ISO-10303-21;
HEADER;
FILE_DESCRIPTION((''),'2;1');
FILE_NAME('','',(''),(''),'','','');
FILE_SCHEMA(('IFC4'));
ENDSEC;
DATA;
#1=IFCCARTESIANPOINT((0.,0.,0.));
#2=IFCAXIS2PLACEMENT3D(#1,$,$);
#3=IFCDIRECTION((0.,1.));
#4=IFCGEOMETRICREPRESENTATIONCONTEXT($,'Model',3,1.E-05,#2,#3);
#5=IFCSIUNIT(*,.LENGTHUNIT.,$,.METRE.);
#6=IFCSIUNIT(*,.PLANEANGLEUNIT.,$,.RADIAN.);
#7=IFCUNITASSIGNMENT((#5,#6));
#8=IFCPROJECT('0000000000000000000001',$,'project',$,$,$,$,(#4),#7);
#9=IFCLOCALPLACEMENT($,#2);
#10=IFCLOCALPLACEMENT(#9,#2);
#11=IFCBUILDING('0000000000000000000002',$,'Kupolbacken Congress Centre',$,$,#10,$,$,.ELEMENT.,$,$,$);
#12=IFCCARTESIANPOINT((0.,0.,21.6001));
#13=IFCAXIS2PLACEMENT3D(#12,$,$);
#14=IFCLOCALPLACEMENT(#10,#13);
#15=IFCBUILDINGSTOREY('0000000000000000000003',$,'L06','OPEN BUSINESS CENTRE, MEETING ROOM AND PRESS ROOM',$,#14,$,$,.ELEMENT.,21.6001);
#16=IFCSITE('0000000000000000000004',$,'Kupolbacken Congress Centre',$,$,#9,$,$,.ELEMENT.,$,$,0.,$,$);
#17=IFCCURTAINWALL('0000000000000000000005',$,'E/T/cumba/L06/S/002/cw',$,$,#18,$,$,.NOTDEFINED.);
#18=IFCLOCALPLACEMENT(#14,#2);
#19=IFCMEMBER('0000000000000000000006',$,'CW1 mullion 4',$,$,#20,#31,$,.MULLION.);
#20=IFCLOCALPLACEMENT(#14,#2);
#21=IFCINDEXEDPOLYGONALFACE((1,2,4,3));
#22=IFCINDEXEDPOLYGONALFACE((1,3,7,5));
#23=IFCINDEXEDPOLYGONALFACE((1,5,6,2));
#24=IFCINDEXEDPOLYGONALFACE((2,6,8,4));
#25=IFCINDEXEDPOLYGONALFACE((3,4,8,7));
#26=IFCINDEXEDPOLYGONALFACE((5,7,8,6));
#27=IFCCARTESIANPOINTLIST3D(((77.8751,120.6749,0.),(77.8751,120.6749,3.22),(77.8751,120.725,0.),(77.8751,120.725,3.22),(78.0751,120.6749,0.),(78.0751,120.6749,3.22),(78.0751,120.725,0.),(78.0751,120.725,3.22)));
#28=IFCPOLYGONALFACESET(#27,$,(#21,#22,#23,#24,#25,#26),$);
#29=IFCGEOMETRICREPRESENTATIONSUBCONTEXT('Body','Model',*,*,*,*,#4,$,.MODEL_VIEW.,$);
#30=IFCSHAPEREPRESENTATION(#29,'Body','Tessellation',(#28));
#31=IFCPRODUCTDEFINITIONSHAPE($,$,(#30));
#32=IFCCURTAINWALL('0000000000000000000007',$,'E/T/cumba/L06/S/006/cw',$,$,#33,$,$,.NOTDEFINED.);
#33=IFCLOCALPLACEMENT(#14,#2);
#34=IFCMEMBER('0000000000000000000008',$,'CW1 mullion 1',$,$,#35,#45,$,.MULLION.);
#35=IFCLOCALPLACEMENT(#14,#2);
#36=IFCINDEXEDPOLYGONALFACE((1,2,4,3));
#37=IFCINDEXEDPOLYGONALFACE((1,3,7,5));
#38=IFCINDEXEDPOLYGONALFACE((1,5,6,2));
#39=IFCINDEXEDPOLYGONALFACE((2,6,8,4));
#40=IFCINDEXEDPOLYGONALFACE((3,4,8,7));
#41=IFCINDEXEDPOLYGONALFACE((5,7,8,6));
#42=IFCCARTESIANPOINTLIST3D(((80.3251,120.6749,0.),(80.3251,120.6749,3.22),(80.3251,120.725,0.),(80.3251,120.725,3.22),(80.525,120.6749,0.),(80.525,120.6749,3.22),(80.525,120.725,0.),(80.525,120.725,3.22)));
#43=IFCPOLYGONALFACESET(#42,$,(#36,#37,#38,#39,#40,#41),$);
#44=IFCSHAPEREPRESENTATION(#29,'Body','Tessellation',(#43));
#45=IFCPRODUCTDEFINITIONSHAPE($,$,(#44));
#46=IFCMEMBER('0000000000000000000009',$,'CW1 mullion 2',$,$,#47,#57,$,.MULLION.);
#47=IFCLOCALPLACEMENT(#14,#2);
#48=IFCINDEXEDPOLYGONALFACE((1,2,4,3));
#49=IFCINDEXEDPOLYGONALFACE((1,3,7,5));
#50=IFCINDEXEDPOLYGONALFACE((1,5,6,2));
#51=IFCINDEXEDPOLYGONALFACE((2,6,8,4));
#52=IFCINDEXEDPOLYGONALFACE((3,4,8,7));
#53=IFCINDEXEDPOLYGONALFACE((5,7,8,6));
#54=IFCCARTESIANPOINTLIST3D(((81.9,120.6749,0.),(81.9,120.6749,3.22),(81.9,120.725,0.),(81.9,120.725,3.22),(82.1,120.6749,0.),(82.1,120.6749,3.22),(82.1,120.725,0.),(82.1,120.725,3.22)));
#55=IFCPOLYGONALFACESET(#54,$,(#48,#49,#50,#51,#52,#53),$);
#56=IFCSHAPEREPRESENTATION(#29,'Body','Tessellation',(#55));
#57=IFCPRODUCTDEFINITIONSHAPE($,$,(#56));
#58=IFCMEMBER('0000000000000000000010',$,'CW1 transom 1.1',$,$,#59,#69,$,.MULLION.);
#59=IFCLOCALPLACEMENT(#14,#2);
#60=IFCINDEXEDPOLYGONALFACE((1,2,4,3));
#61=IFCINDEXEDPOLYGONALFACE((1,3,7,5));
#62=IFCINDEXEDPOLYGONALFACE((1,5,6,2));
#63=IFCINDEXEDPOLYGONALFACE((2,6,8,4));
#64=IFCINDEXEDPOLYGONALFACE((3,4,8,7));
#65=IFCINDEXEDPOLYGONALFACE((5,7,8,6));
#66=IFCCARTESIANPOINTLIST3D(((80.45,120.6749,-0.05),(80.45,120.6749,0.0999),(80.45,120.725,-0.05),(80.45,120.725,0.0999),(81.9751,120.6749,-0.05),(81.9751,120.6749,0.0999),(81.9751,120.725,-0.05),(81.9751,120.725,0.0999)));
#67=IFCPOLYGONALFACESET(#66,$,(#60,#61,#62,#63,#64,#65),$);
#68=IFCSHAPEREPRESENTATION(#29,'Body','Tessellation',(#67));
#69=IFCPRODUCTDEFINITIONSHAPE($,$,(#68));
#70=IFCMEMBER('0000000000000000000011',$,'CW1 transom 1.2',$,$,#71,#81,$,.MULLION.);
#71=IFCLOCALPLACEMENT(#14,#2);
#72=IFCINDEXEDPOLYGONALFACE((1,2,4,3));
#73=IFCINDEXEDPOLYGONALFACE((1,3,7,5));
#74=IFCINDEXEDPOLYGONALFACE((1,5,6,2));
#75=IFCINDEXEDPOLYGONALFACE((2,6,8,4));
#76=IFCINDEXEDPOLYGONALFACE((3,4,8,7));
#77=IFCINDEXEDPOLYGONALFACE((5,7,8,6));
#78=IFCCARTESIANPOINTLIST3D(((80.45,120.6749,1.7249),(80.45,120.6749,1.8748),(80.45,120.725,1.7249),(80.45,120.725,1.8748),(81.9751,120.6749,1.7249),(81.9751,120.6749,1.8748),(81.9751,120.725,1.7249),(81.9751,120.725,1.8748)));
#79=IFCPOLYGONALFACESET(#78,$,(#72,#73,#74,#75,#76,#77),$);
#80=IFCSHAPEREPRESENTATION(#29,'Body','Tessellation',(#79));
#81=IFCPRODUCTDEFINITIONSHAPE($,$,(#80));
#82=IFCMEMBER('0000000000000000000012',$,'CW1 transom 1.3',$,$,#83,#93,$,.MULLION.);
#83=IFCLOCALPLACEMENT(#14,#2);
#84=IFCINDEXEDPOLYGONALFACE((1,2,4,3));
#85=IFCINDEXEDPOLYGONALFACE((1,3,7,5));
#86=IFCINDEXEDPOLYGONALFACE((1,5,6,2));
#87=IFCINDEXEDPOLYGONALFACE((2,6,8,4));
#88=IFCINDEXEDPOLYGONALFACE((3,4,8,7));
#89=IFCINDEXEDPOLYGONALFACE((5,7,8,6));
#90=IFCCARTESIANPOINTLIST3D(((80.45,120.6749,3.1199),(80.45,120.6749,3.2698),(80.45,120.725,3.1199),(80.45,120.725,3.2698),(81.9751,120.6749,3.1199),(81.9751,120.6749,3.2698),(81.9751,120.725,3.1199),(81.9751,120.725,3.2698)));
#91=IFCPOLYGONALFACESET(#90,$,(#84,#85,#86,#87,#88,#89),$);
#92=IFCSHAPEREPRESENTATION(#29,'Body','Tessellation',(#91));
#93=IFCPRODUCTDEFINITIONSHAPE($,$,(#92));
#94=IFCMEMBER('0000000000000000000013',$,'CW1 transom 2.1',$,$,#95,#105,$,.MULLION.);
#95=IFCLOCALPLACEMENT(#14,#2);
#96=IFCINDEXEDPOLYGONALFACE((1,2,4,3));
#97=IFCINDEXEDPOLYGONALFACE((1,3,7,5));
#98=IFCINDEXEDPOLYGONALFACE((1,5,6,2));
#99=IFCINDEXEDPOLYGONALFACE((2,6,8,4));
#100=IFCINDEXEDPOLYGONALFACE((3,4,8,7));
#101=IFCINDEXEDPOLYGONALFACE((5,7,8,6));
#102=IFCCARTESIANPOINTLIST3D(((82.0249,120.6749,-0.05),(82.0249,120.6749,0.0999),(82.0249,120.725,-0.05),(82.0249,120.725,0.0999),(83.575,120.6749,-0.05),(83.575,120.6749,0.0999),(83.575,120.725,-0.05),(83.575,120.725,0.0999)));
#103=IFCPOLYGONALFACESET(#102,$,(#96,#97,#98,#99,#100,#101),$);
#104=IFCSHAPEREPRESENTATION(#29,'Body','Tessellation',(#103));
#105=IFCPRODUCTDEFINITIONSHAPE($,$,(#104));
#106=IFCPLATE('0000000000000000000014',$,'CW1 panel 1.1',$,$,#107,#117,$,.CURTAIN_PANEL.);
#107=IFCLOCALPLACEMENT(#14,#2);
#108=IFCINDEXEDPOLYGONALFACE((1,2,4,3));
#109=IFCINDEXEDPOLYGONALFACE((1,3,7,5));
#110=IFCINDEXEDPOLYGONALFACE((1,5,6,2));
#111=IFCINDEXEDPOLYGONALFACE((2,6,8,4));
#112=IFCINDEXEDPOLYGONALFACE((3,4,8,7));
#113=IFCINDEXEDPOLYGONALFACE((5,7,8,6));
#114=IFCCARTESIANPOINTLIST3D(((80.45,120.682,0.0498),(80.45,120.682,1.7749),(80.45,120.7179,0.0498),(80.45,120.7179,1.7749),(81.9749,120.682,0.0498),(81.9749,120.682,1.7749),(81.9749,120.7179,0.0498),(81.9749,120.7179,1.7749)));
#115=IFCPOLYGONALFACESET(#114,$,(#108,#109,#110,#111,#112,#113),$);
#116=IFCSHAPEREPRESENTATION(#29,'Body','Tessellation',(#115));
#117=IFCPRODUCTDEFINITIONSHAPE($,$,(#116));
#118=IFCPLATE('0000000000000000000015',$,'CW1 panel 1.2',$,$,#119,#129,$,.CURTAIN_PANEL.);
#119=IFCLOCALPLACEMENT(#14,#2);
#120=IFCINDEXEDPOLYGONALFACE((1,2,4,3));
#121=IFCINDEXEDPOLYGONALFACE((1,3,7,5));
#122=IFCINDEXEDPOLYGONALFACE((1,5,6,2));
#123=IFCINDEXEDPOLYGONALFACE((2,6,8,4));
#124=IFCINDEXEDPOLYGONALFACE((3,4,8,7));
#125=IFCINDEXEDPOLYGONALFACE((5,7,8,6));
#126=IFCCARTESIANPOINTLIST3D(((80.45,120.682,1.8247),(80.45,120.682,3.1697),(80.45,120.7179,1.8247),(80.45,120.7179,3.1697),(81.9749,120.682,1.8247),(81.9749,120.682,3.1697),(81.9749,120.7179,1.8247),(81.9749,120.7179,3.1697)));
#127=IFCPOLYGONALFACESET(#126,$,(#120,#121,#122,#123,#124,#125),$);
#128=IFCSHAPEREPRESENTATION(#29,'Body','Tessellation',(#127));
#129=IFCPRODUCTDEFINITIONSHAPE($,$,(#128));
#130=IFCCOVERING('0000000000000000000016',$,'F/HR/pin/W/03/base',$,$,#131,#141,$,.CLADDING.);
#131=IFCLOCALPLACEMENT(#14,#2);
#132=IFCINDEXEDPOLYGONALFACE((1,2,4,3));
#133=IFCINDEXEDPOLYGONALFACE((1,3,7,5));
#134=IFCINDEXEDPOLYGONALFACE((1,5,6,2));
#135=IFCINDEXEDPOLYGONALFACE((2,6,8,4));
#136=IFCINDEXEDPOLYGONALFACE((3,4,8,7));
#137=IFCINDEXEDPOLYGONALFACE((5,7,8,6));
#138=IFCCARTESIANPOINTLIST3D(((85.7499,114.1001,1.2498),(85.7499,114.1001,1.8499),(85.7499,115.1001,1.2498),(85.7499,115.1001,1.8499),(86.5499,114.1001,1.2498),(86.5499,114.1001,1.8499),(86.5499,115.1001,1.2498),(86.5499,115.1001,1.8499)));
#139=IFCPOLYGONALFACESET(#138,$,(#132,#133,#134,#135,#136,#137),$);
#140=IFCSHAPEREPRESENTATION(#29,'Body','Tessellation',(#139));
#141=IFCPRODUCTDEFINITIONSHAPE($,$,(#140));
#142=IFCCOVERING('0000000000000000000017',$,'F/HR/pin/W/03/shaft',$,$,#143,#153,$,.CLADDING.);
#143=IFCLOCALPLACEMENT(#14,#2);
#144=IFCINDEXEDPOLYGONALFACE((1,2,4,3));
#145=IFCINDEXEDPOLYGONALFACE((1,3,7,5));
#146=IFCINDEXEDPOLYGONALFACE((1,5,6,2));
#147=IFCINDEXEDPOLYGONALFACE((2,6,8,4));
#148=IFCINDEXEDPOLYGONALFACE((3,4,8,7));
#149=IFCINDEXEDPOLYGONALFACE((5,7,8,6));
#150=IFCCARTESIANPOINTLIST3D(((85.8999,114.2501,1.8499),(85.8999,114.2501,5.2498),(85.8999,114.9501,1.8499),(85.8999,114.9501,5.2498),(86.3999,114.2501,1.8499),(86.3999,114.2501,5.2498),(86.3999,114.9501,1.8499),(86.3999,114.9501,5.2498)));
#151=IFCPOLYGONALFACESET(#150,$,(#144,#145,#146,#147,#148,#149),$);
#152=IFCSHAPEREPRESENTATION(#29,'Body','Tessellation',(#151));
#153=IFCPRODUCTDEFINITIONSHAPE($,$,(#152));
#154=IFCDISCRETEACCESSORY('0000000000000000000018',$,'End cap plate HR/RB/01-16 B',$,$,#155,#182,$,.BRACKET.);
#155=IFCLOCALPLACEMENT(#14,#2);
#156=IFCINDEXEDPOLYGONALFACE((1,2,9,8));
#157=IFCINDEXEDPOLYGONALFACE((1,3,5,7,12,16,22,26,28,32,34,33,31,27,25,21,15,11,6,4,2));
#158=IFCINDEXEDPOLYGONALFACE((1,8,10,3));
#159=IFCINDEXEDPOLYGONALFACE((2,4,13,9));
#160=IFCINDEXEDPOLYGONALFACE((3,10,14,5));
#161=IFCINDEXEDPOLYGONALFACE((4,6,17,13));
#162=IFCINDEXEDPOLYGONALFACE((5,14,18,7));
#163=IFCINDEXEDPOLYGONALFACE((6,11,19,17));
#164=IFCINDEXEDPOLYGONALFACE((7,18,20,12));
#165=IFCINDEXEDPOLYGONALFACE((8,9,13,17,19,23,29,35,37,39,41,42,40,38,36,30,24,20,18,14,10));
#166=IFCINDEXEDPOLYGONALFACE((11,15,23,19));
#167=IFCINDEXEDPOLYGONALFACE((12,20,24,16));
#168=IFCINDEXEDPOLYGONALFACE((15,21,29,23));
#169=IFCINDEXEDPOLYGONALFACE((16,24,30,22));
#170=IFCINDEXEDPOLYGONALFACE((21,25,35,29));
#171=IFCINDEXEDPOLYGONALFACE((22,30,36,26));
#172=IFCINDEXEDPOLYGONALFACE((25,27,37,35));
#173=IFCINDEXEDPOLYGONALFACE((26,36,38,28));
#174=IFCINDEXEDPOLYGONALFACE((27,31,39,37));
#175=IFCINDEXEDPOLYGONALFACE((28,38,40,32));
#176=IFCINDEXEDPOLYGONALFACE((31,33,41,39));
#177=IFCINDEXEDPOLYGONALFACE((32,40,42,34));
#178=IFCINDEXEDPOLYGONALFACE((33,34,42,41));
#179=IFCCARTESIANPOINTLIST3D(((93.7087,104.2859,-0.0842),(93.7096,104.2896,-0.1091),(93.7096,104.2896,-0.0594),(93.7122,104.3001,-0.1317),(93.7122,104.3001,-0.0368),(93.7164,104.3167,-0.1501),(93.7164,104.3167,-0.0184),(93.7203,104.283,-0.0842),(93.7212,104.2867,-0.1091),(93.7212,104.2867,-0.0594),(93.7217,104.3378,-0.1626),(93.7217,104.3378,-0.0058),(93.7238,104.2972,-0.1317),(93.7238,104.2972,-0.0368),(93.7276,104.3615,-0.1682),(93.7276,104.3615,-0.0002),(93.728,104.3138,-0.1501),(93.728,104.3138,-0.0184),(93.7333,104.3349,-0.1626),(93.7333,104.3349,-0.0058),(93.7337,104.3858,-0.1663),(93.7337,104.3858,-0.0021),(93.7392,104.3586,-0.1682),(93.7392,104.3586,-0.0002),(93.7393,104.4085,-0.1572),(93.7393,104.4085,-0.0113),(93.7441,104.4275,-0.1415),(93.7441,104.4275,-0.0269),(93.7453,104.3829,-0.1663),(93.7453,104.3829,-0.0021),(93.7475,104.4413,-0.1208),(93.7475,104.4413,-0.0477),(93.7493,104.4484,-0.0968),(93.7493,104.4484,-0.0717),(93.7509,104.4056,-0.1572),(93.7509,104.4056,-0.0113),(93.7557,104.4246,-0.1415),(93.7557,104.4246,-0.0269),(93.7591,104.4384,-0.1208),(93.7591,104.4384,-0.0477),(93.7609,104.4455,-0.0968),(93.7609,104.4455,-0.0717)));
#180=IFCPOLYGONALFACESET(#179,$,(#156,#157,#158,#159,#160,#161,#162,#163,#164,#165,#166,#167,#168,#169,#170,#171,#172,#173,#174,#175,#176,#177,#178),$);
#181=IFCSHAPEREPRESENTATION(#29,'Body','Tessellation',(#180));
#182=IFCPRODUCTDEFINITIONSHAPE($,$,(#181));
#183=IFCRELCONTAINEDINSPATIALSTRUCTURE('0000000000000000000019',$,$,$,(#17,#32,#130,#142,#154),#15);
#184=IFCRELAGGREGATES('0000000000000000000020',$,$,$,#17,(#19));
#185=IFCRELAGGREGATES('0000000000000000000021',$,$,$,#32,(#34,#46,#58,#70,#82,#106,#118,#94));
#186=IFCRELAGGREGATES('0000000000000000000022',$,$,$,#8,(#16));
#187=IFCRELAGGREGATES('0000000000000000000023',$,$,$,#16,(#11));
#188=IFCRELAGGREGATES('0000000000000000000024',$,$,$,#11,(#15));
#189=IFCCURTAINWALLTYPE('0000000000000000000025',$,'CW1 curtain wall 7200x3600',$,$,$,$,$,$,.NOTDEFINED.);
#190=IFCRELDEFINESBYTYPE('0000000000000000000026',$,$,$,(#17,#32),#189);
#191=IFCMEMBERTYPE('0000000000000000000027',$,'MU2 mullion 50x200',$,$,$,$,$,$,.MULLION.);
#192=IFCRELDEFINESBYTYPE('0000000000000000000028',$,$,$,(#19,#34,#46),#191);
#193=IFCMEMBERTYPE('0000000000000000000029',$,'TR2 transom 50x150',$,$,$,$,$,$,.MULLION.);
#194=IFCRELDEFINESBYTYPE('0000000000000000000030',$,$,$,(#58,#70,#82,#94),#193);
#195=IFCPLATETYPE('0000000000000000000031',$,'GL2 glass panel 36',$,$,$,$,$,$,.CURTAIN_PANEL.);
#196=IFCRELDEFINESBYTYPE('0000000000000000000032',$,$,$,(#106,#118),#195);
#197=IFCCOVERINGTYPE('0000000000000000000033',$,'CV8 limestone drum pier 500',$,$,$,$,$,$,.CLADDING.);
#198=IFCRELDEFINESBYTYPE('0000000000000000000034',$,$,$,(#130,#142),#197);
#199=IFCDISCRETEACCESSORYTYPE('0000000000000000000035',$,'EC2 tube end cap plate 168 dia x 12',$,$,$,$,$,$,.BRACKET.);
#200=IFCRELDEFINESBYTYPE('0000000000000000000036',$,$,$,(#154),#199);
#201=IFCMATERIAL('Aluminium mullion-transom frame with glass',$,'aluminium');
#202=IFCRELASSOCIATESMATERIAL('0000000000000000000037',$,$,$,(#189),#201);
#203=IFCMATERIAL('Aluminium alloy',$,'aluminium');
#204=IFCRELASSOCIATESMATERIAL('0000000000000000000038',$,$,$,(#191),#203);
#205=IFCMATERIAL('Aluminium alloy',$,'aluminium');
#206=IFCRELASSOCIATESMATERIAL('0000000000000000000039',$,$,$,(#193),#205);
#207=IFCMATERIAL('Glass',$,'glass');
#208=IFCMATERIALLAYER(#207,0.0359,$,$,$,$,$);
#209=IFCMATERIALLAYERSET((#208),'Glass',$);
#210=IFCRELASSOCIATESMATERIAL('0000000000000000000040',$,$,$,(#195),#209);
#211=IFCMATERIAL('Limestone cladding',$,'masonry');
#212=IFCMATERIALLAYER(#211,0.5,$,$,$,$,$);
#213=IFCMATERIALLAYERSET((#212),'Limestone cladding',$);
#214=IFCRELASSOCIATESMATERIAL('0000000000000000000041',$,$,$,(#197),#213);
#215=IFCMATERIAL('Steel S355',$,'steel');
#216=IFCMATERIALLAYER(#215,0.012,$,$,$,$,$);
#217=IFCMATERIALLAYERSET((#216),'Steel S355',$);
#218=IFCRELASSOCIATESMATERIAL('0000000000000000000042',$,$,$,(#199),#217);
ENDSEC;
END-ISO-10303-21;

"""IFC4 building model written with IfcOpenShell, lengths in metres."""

from ifc_helpers import new_model, si_unit, direction, frame, origin, origin_2d, place, context, subcontext, project, spatial, rectangle, circle, extrude, material, layer, layer_set, material_profile, profile_set, type_object, element, aggregate, save


model = new_model("IFC4")

# Units and contexts
model_context = context("Model", 3, precision=1e-05, world=origin(), true_north=direction((0.0, 1.0)))
body_context = subcontext(model_context, "Body", "Model", "MODEL_VIEW")
ifc_project = project(units=[si_unit("LENGTHUNIT", "METRE"), si_unit("PLANEANGLEUNIT", "RADIAN")], contexts=[model_context])

# Site, building, storey
site_placement = place(None, origin())
site = spatial("IfcSite", under=ifc_project, at=site_placement, Name="Kupolbacken Congress Centre", CompositionType="ELEMENT", RefElevation=0.0)
building_placement = place(site_placement, origin())
building = spatial("IfcBuilding", under=site, at=building_placement, Name="Kupolbacken Congress Centre", CompositionType="ELEMENT")
storey_placement = place(building_placement, frame((0.0, 0.0, 21.6001)))
storey = spatial("IfcBuildingStorey", under=building, at=storey_placement, Name="L06", Description="OPEN BUSINESS CENTRE, MEETING ROOM AND PRESS ROOM", CompositionType="ELEMENT", Elevation=21.6001)

# Curtain wall, member
ifc_material_1 = material(Name="Aluminium mullion-transom frame with glass", Category="aluminium")
curtain_wall_type = type_object("IfcCurtainWallType", Name="CW1 curtain wall 7200x3600", PredefinedType="NOTDEFINED", material=ifc_material_1)
curtain_wall_1_placement = place(storey_placement, origin())
curtain_wall_1 = element("IfcCurtainWall", 1, at=curtain_wall_1_placement, inside=storey, type_object=curtain_wall_type, Name="E/T/cumba/L06/S/002/cw", PredefinedType="NOTDEFINED")
ifc_material_2 = material(Name="Aluminium alloy", Category="aluminium")
ifc_material_profile_1 = material_profile(ifc_material_2, rectangle(XDim=0.05, YDim=0.2, at=origin_2d()), Name="50 x 200")
ifc_profile_set_1 = profile_set([ifc_material_profile_1], Name="Aluminium alloy")
member_type_1 = type_object("IfcMemberType", Name="MU2 mullion 50x200", PredefinedType="MULLION", material=ifc_profile_set_1)
member_1_placement = place(storey_placement, frame((77.9751, 120.7, 0.0), z_axis=(0.0, 0.0, 1.0), x_axis=(0.0, 1.0, 0.0)))
member_1 = element("IfcMember", 2, at=member_1_placement, type_object=member_type_1, Name="CW1 mullion 4", PredefinedType="MULLION", context=body_context, shape_type="SweptSolid", body=[
    extrude(rectangle(XDim=0.05, YDim=0.2, at=origin_2d()), origin(), (0.0, 0.0, 1.0), 3.22),
])
aggregate(curtain_wall_1, [member_1])

# Curtain wall, members, plates
curtain_wall_2_placement = place(storey_placement, origin())
curtain_wall_2 = element("IfcCurtainWall", 3, at=curtain_wall_2_placement, inside=storey, type_object=curtain_wall_type, Name="E/T/cumba/L06/S/006/cw", PredefinedType="NOTDEFINED")
member_2_placement = place(storey_placement, frame((80.425, 120.7, 0.0), z_axis=(0.0, 0.0, 1.0), x_axis=(0.0, 1.0, 0.0)))
member_2 = element("IfcMember", 4, at=member_2_placement, type_object=member_type_1, Name="CW1 mullion 1", PredefinedType="MULLION", context=body_context, shape_type="SweptSolid", body=[
    extrude(rectangle(XDim=0.05, YDim=0.2, at=origin_2d()), origin(), (0.0, 0.0, 1.0), 3.22),
])
member_3_placement = place(storey_placement, frame((82.0, 120.7, 0.0), z_axis=(0.0, 0.0, 1.0), x_axis=(0.0, 1.0, 0.0)))
member_3 = element("IfcMember", 5, at=member_3_placement, type_object=member_type_1, Name="CW1 mullion 2", PredefinedType="MULLION", context=body_context, shape_type="SweptSolid", body=[
    extrude(rectangle(XDim=0.05, YDim=0.2, at=origin_2d()), origin(), (0.0, 0.0, 1.0), 3.22),
])
ifc_material_3 = material(Name="Aluminium alloy", Category="aluminium")
ifc_material_profile_2 = material_profile(ifc_material_3, rectangle(XDim=0.05, YDim=0.1499, at=origin_2d()), Name="50 x 150")
ifc_profile_set_2 = profile_set([ifc_material_profile_2], Name="Aluminium alloy")
member_type_2 = type_object("IfcMemberType", Name="TR2 transom 50x150", PredefinedType="MULLION", material=ifc_profile_set_2)
member_4_placement = place(storey_placement, frame((80.45, 120.7, 0.0249), z_axis=(1.0, 0.0, 0.0), x_axis=(0.0, 1.0, 0.0)))
member_4 = element("IfcMember", 6, at=member_4_placement, type_object=member_type_2, Name="CW1 transom 1.1", PredefinedType="MULLION", context=body_context, shape_type="SweptSolid", body=[
    extrude(rectangle(XDim=0.05, YDim=0.1499, at=origin_2d()), origin(), (0.0, 0.0, 1.0), 1.5251),
])
member_5_placement = place(storey_placement, frame((80.45, 120.7, 1.7998), z_axis=(1.0, 0.0, 0.0), x_axis=(0.0, 1.0, 0.0)))
member_5 = element("IfcMember", 7, at=member_5_placement, type_object=member_type_2, Name="CW1 transom 1.2", PredefinedType="MULLION", context=body_context, shape_type="SweptSolid", body=[
    extrude(rectangle(XDim=0.05, YDim=0.1499, at=origin_2d()), origin(), (0.0, 0.0, 1.0), 1.5251),
])
member_6_placement = place(storey_placement, frame((80.45, 120.7, 3.1948), z_axis=(1.0, 0.0, 0.0), x_axis=(0.0, 1.0, 0.0)))
member_6 = element("IfcMember", 8, at=member_6_placement, type_object=member_type_2, Name="CW1 transom 1.3", PredefinedType="MULLION", context=body_context, shape_type="SweptSolid", body=[
    extrude(rectangle(XDim=0.05, YDim=0.1499, at=origin_2d()), origin(), (0.0, 0.0, 1.0), 1.5251),
])
member_7_placement = place(storey_placement, frame((82.0249, 120.7, 0.0249), z_axis=(1.0, 0.0, 0.0), x_axis=(0.0, 1.0, 0.0)))
member_7 = element("IfcMember", 9, at=member_7_placement, type_object=member_type_2, Name="CW1 transom 2.1", PredefinedType="MULLION", context=body_context, shape_type="SweptSolid", body=[
    extrude(rectangle(XDim=0.05, YDim=0.1499, at=origin_2d()), origin(), (0.0, 0.0, 1.0), 1.55),
])
ifc_material_4 = material(Name="Glass", Category="glass")
ifc_layer_1 = layer(ifc_material_4, 0.0359)
ifc_layer_set_1 = layer_set([ifc_layer_1], Name="Glass")
plate_type = type_object("IfcPlateType", Name="GL2 glass panel 36", PredefinedType="CURTAIN_PANEL", material=ifc_layer_set_1)
plate_1_placement = place(storey_placement, frame((81.2124, 120.7, 0.0498), z_axis=(0.0, 0.0, 1.0), x_axis=(1.0, 0.0, 0.0)))
plate_1 = element("IfcPlate", 10, at=plate_1_placement, type_object=plate_type, Name="CW1 panel 1.1", PredefinedType="CURTAIN_PANEL", context=body_context, shape_type="SweptSolid", body=[
    extrude(rectangle(XDim=1.5249, YDim=0.0359, at=origin_2d()), origin(), (0.0, 0.0, 1.0), 1.7251),
])
plate_2_placement = place(storey_placement, frame((81.2124, 120.7, 1.8247), z_axis=(0.0, 0.0, 1.0), x_axis=(1.0, 0.0, 0.0)))
plate_2 = element("IfcPlate", 11, at=plate_2_placement, type_object=plate_type, Name="CW1 panel 1.2", PredefinedType="CURTAIN_PANEL", context=body_context, shape_type="SweptSolid", body=[
    extrude(rectangle(XDim=1.5249, YDim=0.0359, at=origin_2d()), origin(), (0.0, 0.0, 1.0), 1.345),
])
aggregate(curtain_wall_2, [member_2, member_3, member_4, member_5, member_6, plate_1, plate_2, member_7])

# Coverings
ifc_material_5 = material(Name="Limestone cladding", Category="masonry")
ifc_layer_2 = layer(ifc_material_5, 0.5)
ifc_layer_set_2 = layer_set([ifc_layer_2], Name="Limestone cladding")
covering_type = type_object("IfcCoveringType", Name="CV8 limestone drum pier 500", PredefinedType="CLADDING", material=ifc_layer_set_2)
covering_1_placement = place(storey_placement, frame((86.1499, 114.6001, 1.2498), z_axis=(0.0, 0.0, 1.0), x_axis=(0.0, 1.0, 0.0)))
element("IfcCovering", 12, at=covering_1_placement, inside=storey, type_object=covering_type, Name="F/HR/pin/W/03/base", PredefinedType="CLADDING", context=body_context, shape_type="SweptSolid", body=[
    extrude(rectangle(XDim=1.0, YDim=0.8, at=origin_2d()), origin(), (0.0, 0.0, 1.0), 0.6001),
])
covering_2_placement = place(storey_placement, frame((86.1499, 114.6001, 1.8499), z_axis=(0.0, 0.0, 1.0), x_axis=(0.0, 1.0, 0.0)))
element("IfcCovering", 13, at=covering_2_placement, inside=storey, type_object=covering_type, Name="F/HR/pin/W/03/shaft", PredefinedType="CLADDING", context=body_context, shape_type="SweptSolid", body=[
    extrude(rectangle(XDim=0.7, YDim=0.5, at=origin_2d()), origin(), (0.0, 0.0, 1.0), 3.3999),
])

# Discrete accessory
ifc_material_6 = material(Name="Steel S355", Category="steel")
ifc_layer_3 = layer(ifc_material_6, 0.012)
ifc_layer_set_3 = layer_set([ifc_layer_3], Name="Steel S355")
discrete_accessory_type = type_object("IfcDiscreteAccessoryType", Name="EC2 tube end cap plate 168 dia x 12", PredefinedType="BRACKET", material=ifc_layer_set_3)
discrete_accessory_placement = place(storey_placement, frame((93.7407, 104.3647, -0.0842), z_axis=(-0.970143, 0.242536, 0.0), x_axis=(-0.242536, -0.970143, 0.0)))
element("IfcDiscreteAccessory", 14, at=discrete_accessory_placement, inside=storey, type_object=discrete_accessory_type, Name="End cap plate HR/RB/01-16 B", PredefinedType="BRACKET", context=body_context, shape_type="SweptSolid", body=[
    extrude(circle(Radius=0.0842, at=origin_2d()), origin(), (0.0, 0.0, 1.0), 0.012),
])

save(model, "model.ifc")
